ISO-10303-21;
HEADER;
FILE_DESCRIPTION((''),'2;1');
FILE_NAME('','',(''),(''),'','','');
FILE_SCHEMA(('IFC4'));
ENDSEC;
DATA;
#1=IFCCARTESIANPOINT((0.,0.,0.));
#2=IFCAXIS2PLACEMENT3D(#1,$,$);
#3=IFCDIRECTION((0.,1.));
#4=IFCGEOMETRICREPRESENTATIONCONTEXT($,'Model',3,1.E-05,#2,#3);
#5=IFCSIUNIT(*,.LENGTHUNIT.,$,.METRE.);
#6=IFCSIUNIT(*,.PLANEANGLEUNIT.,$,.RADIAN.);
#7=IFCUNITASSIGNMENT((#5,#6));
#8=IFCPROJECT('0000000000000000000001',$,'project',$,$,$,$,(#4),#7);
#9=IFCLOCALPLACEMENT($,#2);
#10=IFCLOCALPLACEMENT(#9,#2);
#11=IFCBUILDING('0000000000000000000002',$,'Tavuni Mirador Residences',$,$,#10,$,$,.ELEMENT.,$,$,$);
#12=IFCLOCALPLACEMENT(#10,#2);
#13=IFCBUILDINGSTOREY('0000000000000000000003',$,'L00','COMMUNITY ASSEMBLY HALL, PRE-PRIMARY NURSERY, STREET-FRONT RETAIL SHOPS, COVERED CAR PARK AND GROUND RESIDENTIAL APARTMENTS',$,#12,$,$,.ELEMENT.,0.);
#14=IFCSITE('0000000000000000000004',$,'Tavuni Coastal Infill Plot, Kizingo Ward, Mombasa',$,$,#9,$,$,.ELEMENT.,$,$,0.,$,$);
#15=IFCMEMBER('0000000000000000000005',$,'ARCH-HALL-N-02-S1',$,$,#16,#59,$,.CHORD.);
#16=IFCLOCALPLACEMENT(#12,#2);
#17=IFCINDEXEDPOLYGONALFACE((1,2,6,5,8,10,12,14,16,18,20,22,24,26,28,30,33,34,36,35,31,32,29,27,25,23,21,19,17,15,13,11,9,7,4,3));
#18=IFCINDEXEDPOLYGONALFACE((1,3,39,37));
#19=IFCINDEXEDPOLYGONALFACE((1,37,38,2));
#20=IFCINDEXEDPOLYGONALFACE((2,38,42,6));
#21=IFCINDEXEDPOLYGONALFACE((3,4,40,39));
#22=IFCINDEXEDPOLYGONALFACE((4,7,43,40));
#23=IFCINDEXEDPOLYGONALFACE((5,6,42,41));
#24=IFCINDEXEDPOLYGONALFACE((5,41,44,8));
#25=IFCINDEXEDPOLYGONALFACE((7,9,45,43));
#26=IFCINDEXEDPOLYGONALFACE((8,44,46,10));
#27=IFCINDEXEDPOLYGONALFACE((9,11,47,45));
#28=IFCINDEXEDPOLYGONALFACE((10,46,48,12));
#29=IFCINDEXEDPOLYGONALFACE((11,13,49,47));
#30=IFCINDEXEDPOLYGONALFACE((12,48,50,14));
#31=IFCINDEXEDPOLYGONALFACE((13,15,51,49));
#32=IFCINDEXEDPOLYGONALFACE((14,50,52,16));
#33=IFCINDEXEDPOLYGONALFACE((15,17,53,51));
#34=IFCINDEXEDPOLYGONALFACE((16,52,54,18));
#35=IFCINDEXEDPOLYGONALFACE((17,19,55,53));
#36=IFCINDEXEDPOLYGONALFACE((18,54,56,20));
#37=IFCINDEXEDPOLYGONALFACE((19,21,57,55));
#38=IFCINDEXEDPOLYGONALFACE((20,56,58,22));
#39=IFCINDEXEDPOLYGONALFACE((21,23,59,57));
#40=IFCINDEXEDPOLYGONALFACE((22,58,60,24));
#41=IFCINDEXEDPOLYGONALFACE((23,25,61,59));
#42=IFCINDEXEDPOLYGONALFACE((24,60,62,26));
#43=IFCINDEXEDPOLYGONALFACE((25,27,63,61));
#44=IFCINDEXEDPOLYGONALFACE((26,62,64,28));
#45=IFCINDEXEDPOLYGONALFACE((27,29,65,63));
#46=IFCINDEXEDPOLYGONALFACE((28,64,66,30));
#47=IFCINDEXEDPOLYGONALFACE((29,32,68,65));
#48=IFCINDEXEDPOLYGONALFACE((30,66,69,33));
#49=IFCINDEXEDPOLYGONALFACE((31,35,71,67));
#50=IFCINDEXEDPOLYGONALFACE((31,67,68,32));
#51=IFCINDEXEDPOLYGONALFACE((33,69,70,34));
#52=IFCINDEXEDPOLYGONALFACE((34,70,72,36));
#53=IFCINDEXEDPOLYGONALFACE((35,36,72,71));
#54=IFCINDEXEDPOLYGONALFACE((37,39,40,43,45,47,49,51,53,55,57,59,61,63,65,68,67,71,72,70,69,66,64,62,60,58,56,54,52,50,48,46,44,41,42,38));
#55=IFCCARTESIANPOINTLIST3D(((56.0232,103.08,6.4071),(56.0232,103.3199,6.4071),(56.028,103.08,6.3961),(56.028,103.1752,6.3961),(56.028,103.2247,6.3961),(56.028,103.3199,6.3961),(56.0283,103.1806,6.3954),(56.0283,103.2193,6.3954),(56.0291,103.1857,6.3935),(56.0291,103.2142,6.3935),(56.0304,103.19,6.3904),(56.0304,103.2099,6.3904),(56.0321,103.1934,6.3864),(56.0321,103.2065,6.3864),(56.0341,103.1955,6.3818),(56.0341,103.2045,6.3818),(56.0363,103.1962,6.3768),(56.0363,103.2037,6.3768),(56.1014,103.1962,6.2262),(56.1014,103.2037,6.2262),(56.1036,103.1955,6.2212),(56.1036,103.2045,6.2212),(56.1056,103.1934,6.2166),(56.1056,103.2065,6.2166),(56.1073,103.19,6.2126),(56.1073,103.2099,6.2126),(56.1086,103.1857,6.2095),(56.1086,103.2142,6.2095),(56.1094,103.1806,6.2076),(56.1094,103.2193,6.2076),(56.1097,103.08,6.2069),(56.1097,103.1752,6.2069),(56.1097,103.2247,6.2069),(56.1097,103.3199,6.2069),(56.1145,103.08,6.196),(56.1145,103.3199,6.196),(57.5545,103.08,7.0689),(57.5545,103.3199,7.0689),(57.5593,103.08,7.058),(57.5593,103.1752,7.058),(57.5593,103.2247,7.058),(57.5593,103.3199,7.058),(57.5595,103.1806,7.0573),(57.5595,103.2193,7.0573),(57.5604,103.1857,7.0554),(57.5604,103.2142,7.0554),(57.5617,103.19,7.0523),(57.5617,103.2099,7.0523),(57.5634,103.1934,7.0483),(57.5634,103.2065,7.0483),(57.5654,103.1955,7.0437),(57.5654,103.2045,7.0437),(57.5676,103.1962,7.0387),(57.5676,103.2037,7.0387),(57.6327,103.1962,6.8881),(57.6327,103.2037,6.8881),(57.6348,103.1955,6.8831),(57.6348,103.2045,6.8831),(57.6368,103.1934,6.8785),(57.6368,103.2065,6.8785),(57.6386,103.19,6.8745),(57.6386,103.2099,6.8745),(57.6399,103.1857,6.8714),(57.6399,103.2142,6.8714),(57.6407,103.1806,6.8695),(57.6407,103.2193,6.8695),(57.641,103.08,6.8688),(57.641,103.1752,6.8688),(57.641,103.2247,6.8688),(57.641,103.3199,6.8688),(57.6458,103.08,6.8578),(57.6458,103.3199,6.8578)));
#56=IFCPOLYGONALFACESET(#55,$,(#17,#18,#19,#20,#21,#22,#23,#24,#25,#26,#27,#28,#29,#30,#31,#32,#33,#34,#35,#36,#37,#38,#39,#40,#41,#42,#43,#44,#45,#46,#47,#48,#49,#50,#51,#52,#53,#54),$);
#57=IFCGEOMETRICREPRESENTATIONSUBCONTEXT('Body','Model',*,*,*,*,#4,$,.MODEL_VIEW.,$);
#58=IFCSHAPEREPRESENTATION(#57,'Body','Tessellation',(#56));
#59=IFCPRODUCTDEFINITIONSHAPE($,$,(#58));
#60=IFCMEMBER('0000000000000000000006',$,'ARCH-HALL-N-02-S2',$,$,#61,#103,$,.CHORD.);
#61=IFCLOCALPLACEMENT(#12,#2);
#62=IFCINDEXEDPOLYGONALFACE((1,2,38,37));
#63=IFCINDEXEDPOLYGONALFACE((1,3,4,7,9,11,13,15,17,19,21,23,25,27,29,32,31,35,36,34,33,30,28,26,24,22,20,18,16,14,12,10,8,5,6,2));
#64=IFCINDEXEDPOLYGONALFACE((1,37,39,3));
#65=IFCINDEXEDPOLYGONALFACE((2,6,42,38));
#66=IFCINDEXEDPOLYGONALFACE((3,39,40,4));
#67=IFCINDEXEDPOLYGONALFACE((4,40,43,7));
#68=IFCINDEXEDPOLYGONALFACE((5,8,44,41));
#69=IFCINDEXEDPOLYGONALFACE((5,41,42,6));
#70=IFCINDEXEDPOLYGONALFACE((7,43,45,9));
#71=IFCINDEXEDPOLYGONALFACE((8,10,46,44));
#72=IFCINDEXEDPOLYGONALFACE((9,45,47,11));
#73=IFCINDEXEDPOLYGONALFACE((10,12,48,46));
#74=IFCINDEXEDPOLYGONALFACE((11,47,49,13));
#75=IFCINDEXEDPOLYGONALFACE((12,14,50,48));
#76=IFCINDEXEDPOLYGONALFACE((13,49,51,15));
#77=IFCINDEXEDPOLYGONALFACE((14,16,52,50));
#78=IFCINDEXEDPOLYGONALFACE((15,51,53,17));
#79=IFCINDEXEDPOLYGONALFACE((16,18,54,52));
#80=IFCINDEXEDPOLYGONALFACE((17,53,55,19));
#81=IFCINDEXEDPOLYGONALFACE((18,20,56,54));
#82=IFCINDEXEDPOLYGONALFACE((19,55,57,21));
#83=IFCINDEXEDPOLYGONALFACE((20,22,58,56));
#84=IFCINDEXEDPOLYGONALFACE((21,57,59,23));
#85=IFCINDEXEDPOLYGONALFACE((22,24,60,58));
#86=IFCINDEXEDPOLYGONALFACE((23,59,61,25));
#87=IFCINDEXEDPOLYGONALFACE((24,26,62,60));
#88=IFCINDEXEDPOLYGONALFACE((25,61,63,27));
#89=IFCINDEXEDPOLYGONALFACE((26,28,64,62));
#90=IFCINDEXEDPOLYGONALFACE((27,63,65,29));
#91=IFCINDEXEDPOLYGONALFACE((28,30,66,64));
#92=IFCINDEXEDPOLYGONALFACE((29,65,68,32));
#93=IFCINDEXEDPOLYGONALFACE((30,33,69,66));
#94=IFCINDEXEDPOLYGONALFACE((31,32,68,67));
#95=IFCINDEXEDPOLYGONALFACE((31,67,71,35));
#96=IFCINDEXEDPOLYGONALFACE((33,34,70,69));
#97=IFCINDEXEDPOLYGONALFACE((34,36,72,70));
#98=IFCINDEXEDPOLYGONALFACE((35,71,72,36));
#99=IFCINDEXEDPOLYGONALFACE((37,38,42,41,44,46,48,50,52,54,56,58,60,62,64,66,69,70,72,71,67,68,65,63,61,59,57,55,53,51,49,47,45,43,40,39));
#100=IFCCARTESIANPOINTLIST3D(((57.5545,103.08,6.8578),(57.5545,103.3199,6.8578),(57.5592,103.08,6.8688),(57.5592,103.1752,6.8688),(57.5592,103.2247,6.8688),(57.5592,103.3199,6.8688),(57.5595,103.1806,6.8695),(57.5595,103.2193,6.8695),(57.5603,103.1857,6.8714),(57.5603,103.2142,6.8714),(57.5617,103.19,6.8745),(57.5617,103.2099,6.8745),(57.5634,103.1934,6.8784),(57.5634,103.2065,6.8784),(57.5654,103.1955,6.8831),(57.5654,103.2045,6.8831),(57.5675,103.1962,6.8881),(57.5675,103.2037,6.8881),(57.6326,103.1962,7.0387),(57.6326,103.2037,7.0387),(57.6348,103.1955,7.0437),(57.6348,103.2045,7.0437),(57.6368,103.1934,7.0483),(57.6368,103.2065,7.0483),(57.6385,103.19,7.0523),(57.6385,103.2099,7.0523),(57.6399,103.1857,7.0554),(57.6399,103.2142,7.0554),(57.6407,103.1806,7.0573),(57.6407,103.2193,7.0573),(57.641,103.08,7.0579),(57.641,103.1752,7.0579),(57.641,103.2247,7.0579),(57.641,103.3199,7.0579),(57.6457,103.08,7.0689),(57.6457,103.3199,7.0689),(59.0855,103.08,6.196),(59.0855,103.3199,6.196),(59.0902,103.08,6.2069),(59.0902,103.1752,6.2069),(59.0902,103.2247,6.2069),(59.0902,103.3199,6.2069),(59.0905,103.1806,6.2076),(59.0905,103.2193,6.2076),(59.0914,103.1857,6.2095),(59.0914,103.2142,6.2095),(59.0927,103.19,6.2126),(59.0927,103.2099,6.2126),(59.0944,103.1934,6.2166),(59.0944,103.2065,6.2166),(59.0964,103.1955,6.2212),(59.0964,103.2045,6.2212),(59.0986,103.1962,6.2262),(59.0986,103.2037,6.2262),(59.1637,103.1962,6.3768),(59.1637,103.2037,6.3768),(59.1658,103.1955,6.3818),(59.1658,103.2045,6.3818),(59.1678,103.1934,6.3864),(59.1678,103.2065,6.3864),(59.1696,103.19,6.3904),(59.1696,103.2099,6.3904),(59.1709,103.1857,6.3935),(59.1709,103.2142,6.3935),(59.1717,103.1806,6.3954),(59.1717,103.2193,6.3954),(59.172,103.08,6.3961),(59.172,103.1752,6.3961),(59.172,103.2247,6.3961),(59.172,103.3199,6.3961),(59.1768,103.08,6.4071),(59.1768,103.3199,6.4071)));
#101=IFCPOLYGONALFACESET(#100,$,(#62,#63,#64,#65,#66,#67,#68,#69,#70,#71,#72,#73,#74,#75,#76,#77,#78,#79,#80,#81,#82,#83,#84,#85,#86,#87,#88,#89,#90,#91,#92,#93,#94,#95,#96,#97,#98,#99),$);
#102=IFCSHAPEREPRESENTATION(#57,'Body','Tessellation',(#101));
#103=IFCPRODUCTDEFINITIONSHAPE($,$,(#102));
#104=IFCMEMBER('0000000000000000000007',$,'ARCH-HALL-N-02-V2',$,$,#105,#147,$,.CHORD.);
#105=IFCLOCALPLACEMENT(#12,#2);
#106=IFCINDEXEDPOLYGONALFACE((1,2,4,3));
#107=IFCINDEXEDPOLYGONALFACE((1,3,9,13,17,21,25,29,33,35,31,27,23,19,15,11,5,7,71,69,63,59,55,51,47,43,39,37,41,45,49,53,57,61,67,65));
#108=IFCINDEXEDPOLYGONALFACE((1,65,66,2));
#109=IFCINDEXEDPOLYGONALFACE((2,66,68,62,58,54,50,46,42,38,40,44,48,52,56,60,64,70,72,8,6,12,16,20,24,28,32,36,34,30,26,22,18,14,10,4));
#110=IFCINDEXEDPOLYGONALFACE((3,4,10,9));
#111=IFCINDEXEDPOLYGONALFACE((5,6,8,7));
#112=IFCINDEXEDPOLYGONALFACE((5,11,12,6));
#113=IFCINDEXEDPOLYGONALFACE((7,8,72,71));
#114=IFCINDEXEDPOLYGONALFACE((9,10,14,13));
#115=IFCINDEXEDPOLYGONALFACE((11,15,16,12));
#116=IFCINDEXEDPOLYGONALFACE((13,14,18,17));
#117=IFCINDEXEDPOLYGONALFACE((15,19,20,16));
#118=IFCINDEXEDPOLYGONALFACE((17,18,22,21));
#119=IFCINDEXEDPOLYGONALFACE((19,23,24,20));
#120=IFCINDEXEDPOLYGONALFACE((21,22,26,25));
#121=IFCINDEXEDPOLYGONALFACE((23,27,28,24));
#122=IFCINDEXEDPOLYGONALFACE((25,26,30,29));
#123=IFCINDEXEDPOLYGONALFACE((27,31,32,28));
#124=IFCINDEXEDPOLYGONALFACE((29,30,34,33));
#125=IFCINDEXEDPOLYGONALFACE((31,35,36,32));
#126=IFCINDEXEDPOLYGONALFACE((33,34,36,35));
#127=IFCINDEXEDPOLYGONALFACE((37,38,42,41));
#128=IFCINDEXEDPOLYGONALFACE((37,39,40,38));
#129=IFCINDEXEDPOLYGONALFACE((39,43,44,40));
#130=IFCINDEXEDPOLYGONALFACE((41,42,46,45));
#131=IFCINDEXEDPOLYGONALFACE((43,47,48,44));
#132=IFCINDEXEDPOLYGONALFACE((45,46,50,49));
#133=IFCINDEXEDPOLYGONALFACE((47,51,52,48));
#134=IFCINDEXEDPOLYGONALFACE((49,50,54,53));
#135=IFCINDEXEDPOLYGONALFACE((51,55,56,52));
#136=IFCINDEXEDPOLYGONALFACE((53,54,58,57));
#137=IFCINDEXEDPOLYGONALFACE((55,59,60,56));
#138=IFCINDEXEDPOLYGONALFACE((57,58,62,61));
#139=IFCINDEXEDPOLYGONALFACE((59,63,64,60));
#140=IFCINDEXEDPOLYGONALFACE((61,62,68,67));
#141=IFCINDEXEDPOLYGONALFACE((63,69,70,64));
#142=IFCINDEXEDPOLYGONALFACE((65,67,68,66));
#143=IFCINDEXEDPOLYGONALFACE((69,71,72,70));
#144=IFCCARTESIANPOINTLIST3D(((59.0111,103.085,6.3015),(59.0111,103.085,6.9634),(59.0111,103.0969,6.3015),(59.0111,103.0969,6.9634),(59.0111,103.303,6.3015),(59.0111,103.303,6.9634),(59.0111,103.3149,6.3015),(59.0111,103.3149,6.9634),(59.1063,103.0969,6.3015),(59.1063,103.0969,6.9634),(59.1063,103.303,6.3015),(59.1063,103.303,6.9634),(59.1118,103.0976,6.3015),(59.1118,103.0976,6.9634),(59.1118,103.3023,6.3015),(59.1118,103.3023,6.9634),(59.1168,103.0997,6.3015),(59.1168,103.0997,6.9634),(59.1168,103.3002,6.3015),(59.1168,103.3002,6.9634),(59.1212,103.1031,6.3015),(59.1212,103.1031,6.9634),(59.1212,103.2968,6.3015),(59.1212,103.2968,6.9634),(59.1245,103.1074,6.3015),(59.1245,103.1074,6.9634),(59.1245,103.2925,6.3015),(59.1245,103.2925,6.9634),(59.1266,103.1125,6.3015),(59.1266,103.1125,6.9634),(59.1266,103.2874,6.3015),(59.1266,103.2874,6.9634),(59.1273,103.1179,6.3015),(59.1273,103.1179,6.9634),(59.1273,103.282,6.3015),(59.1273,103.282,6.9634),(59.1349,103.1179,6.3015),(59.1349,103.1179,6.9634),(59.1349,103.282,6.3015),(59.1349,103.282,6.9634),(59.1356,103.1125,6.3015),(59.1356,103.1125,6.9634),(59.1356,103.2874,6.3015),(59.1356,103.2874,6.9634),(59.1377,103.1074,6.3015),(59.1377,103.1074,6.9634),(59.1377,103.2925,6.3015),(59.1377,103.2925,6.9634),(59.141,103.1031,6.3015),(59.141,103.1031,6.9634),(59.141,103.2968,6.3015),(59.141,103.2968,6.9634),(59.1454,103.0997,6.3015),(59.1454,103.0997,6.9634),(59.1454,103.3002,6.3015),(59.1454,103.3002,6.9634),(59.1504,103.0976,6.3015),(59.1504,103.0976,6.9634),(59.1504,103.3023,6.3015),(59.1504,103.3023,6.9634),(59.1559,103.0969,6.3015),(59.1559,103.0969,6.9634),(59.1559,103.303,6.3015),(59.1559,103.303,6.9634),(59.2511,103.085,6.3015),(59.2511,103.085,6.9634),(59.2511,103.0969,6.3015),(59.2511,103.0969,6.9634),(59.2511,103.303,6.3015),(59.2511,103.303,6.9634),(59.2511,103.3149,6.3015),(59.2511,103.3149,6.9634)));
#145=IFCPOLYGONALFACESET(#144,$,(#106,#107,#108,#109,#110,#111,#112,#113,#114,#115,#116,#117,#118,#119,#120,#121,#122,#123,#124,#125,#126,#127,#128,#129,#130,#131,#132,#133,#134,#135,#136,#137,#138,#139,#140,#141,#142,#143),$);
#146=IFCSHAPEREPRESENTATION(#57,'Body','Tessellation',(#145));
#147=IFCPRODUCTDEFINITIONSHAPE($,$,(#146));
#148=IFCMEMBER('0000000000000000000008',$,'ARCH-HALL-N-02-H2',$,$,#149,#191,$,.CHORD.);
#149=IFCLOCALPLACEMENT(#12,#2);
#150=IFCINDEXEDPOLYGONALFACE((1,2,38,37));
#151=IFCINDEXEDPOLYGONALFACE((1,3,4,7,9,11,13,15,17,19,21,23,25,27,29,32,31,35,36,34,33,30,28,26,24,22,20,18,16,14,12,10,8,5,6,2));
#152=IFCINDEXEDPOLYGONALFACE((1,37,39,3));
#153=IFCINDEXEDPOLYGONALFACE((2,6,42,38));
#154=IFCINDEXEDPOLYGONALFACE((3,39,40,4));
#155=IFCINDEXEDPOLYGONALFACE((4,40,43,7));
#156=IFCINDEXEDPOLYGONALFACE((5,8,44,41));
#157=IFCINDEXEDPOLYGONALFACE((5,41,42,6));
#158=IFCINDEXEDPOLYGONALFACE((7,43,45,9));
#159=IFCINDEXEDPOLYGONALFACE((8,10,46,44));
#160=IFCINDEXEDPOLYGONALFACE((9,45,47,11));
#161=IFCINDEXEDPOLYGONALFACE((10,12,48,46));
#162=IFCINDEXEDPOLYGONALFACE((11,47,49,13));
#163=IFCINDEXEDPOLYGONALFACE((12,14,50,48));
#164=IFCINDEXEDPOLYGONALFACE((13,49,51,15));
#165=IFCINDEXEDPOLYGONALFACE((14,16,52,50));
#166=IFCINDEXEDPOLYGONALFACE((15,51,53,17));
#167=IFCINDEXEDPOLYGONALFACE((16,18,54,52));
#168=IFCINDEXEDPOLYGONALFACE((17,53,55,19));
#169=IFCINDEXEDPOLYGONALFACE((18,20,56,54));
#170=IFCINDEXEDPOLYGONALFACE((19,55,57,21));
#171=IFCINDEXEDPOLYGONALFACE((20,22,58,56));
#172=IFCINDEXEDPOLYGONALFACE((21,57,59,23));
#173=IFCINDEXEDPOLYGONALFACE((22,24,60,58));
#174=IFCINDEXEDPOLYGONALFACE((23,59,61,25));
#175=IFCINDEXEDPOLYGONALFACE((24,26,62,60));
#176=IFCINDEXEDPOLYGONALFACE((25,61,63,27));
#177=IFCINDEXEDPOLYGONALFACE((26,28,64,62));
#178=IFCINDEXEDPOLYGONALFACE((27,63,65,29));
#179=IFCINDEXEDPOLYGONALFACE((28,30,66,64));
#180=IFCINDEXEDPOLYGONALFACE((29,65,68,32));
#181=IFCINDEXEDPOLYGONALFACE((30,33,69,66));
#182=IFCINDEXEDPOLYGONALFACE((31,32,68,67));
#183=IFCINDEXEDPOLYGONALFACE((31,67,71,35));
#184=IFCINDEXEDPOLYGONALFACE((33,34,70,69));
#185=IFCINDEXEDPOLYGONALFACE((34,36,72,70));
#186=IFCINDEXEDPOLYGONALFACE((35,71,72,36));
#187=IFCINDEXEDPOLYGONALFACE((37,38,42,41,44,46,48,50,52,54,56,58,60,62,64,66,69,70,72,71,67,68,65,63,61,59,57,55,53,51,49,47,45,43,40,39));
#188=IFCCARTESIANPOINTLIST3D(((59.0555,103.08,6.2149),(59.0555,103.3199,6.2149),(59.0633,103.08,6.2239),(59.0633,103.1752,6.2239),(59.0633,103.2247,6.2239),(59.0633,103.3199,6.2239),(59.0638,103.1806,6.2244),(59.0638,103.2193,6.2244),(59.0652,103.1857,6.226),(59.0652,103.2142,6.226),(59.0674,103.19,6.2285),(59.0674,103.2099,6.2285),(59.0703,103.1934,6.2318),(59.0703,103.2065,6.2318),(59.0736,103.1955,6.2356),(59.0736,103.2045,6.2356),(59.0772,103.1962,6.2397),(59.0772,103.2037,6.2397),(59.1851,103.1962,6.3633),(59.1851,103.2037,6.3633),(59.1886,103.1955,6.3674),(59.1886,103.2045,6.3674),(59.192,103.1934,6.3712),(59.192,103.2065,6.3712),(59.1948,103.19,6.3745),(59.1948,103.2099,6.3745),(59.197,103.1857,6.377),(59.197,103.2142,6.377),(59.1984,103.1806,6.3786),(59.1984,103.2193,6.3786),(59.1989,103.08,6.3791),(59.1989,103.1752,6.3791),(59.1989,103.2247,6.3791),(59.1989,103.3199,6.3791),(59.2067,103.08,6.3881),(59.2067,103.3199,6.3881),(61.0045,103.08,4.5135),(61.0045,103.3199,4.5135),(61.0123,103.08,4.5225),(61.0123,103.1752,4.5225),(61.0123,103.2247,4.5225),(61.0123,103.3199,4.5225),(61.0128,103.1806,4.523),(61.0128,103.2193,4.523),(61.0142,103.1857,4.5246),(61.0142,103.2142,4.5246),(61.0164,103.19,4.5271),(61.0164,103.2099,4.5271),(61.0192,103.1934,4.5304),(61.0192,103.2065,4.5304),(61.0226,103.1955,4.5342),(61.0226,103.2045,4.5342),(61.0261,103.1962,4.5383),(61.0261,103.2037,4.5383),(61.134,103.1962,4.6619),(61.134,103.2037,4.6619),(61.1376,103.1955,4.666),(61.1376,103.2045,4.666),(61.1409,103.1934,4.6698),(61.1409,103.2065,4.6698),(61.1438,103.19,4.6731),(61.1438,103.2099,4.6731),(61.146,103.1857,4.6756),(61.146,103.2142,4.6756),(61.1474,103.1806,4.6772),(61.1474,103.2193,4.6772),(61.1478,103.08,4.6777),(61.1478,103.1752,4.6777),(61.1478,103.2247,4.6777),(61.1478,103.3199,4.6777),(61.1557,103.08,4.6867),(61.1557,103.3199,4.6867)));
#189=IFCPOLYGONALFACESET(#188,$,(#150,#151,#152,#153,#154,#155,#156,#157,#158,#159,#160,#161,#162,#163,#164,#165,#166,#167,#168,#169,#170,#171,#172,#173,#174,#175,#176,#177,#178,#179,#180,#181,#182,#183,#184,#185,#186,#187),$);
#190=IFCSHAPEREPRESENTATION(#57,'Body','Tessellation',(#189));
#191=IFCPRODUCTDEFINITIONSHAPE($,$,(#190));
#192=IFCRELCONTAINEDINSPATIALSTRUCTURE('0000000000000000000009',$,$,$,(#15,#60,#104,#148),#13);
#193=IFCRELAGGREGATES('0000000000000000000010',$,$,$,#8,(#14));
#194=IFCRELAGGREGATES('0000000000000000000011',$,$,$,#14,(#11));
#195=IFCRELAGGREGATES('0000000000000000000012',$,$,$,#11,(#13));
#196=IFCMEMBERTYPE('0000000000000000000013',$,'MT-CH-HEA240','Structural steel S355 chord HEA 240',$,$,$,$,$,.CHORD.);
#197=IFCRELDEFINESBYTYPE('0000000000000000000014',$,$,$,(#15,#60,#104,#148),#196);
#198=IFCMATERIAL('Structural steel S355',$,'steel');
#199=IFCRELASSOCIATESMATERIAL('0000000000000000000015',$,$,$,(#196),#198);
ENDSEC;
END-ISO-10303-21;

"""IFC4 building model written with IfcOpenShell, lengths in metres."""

from ifc_helpers import new_model, si_unit, direction, frame, origin, origin_2d, place, context, subcontext, project, spatial, i_section, extrude, material, material_profile, profile_set, type_object, element, save


model = new_model("IFC4")

# Units and contexts
model_context = context("Model", 3, precision=1e-05, world=origin(), true_north=direction((0.0, 1.0)))
body_context = subcontext(model_context, "Body", "Model", "MODEL_VIEW")
ifc_project = project(units=[si_unit("LENGTHUNIT", "METRE"), si_unit("PLANEANGLEUNIT", "RADIAN")], contexts=[model_context])

# Site, building, storey
site_placement = place(None, origin())
site = spatial("IfcSite", under=ifc_project, at=site_placement, Name="Tavuni Coastal Infill Plot, Kizingo Ward, Mombasa", CompositionType="ELEMENT", RefElevation=0.0)
building_placement = place(site_placement, origin())
building = spatial("IfcBuilding", under=site, at=building_placement, Name="Tavuni Mirador Residences", CompositionType="ELEMENT")
storey_placement = place(building_placement, origin())
storey = spatial("IfcBuildingStorey", under=building, at=storey_placement, Name="L00", Description="COMMUNITY ASSEMBLY HALL, PRE-PRIMARY NURSERY, STREET-FRONT RETAIL SHOPS, COVERED CAR PARK AND GROUND RESIDENTIAL APARTMENTS", CompositionType="ELEMENT", Elevation=0.0)

# Shared definitions
ifc_material = material(Name="Structural steel S355", Category="steel")

# Members
ifc_material_profile_1 = material_profile(ifc_material, i_section(OverallWidth=0.24, OverallDepth=0.23, WebThickness=0.0076, FlangeThickness=0.012, FilletRadius=0.021, at=origin_2d()), Name="HEA 240", Category="steel")
ifc_profile_set_1 = profile_set([ifc_material_profile_1], Name="Structural steel S355")
member_type = type_object("IfcMemberType", Name="MT-CH-HEA240", Description="Structural steel S355 chord HEA 240", PredefinedType="CHORD", material=ifc_profile_set_1)
member_1_placement = place(storey_placement, frame((56.0688, 103.2, 6.3015), z_axis=(0.917922, 0.0, 0.396761), x_axis=(0.0, 1.0, 0.0)))
element("IfcMember", 1, at=member_1_placement, inside=storey, type_object=member_type, Name="ARCH-HALL-N-02-S1", PredefinedType="CHORD", context=body_context, shape_type="SweptSolid", body=[
    extrude(i_section(OverallWidth=0.24, OverallDepth=0.23, WebThickness=0.0076, FlangeThickness=0.012, FilletRadius=0.021, at=origin_2d()), origin(), (0.0, 0.0, 1.0), 1.6682),
])
member_2_placement = place(storey_placement, frame((57.6001, 103.2, 6.9634), z_axis=(0.917899, 0.0, -0.396814), x_axis=(0.0, 1.0, 0.0)))
element("IfcMember", 2, at=member_2_placement, inside=storey, type_object=member_type, Name="ARCH-HALL-N-02-S2", PredefinedType="CHORD", context=body_context, shape_type="SweptSolid", body=[
    extrude(i_section(OverallWidth=0.24, OverallDepth=0.23, WebThickness=0.0076, FlangeThickness=0.012, FilletRadius=0.021, at=origin_2d()), origin(), (0.0, 0.0, 1.0), 1.668),
])
member_3_placement = place(storey_placement, frame((59.1311, 103.2, 6.3015), z_axis=(0.0, 0.0, 1.0), x_axis=(1.0, 0.0, 0.0)))
element("IfcMember", 3, at=member_3_placement, inside=storey, type_object=member_type, Name="ARCH-HALL-N-02-V2", PredefinedType="CHORD", context=body_context, shape_type="SweptSolid", body=[
    extrude(i_section(OverallWidth=0.24, OverallDepth=0.23, WebThickness=0.0076, FlangeThickness=0.012, FilletRadius=0.021, at=origin_2d()), origin(), (0.0, 0.0, 1.0), 0.6619),
])
member_4_placement = place(storey_placement, frame((59.1311, 103.2, 6.3015), z_axis=(0.75333, 0.0, -0.657642), x_axis=(0.0, 1.0, 0.0)))
element("IfcMember", 4, at=member_4_placement, inside=storey, type_object=member_type, Name="ARCH-HALL-N-02-H2", PredefinedType="CHORD", context=body_context, shape_type="SweptSolid", body=[
    extrude(i_section(OverallWidth=0.24, OverallDepth=0.23, WebThickness=0.0076, FlangeThickness=0.012, FilletRadius=0.021, at=origin_2d()), origin(), (0.0, 0.0, 1.0), 2.5872),
])

save(model, "model.ifc")
